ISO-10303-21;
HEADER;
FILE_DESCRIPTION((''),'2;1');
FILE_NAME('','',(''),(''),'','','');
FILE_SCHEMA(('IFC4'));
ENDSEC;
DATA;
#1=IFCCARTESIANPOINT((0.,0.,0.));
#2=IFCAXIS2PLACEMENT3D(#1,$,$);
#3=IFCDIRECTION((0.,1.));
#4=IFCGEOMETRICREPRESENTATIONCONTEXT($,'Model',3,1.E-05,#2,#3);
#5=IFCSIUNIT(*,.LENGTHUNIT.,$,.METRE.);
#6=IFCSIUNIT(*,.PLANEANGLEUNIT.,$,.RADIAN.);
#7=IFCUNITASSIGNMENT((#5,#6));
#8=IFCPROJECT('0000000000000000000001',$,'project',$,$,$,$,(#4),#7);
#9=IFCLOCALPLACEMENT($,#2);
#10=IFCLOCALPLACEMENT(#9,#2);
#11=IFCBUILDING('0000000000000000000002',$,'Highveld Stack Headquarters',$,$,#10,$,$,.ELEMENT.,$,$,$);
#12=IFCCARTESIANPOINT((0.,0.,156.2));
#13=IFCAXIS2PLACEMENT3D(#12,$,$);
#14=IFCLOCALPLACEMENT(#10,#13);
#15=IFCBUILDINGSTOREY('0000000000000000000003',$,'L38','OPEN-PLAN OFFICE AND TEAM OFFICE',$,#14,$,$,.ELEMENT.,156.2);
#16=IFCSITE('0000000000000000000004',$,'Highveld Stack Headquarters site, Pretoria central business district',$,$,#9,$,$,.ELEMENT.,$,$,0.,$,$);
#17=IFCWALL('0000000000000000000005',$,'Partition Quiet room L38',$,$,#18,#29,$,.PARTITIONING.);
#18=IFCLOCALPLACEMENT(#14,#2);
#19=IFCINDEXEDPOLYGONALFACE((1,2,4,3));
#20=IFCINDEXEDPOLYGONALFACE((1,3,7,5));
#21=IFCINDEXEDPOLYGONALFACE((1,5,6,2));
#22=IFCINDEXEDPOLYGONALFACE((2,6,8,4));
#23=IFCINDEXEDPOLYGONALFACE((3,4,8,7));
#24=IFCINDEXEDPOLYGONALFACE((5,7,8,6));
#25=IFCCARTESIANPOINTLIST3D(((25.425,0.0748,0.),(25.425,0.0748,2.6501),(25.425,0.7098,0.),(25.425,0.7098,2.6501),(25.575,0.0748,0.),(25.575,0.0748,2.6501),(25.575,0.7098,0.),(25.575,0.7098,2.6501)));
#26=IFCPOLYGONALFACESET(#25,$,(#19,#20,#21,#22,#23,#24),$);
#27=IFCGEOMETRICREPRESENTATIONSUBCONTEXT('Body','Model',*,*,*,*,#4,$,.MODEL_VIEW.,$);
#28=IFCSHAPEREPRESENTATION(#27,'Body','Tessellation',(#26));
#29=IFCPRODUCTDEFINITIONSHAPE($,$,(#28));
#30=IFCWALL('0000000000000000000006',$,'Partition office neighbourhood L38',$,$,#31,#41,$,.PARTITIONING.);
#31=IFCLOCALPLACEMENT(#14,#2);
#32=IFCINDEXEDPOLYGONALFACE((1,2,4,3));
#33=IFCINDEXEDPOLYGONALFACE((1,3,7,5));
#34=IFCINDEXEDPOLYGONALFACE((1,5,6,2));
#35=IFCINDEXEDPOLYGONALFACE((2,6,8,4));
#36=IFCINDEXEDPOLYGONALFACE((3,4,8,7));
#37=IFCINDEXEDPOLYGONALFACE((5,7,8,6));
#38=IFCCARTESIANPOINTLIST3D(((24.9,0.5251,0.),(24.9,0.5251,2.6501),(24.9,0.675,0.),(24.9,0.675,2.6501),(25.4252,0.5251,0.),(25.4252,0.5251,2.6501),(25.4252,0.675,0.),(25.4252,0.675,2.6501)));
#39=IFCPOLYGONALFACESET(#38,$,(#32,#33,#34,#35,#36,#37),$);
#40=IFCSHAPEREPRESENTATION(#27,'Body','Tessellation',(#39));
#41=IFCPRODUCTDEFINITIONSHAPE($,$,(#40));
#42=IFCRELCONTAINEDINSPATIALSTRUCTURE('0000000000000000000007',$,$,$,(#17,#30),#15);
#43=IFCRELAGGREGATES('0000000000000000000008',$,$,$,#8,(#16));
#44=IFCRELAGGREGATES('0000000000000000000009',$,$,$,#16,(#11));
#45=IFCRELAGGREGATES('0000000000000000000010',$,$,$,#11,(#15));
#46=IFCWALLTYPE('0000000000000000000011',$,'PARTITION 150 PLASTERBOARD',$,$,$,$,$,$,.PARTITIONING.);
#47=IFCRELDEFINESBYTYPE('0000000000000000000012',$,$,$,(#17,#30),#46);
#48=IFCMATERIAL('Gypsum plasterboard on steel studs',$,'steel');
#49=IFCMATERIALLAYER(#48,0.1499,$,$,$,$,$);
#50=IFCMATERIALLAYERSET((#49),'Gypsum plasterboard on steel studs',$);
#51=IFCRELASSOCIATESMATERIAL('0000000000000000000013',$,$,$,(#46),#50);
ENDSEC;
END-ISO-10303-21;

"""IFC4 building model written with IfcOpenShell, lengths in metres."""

from ifc_helpers import new_model, si_unit, direction, frame, frame_2d, origin, place, context, subcontext, project, spatial, rectangle, extrude, material, layer, layer_set, type_object, element, save


model = new_model("IFC4")

# Units and contexts
model_context = context("Model", 3, precision=1e-05, world=origin(), true_north=direction((0.0, 1.0)))
body_context = subcontext(model_context, "Body", "Model", "MODEL_VIEW")
ifc_project = project(units=[si_unit("LENGTHUNIT", "METRE"), si_unit("PLANEANGLEUNIT", "RADIAN")], contexts=[model_context])

# Site, building, storey
site_placement = place(None, origin())
site = spatial("IfcSite", under=ifc_project, at=site_placement, Name="Highveld Stack Headquarters site, Pretoria central business district", CompositionType="ELEMENT", RefElevation=0.0)
building_placement = place(site_placement, origin())
building = spatial("IfcBuilding", under=site, at=building_placement, Name="Highveld Stack Headquarters", CompositionType="ELEMENT")
storey_placement = place(building_placement, frame((0.0, 0.0, 156.2)))
storey = spatial("IfcBuildingStorey", under=building, at=storey_placement, Name="L38", Description="OPEN-PLAN OFFICE AND TEAM OFFICE", CompositionType="ELEMENT", Elevation=156.2)

# Shared definitions
ifc_material_1 = material(Name="Gypsum plasterboard on steel studs", Category="steel")
ifc_layer_1 = layer(ifc_material_1, 0.1499)
ifc_layer_set_1 = layer_set([ifc_layer_1], Name="Gypsum plasterboard on steel studs")
wall_type = type_object("IfcWallType", Name="PARTITION 150 PLASTERBOARD", PredefinedType="PARTITIONING", material=ifc_layer_set_1)

# Walls
wall_1_placement = place(storey_placement, frame((25.5, 0.075, 0.0), z_axis=(0.0, 0.0, 1.0), x_axis=(0.0, 1.0, 0.0)))
element("IfcWall", 1, at=wall_1_placement, inside=storey, type_object=wall_type, Name="Partition Quiet room L38", PredefinedType="PARTITIONING", context=body_context, shape_type="SweptSolid", body=[
    extrude(rectangle(XDim=0.635, YDim=0.1499, at=frame_2d((0.3174, 0.0))), origin(), (0.0, 0.0, 1.0), 2.6501),
])
wall_2_placement = place(storey_placement, frame((24.8999, 0.6001, 0.0), z_axis=(0.0, 0.0, 1.0), x_axis=(1.0, 0.0, 0.0)))
element("IfcWall", 2, at=wall_2_placement, inside=storey, type_object=wall_type, Name="Partition office neighbourhood L38", PredefinedType="PARTITIONING", context=body_context, shape_type="SweptSolid", body=[
    extrude(rectangle(XDim=0.5251, YDim=0.1499, at=frame_2d((0.2627, 0.0))), origin(), (0.0, 0.0, 1.0), 2.6501),
])

save(model, "model.ifc")
